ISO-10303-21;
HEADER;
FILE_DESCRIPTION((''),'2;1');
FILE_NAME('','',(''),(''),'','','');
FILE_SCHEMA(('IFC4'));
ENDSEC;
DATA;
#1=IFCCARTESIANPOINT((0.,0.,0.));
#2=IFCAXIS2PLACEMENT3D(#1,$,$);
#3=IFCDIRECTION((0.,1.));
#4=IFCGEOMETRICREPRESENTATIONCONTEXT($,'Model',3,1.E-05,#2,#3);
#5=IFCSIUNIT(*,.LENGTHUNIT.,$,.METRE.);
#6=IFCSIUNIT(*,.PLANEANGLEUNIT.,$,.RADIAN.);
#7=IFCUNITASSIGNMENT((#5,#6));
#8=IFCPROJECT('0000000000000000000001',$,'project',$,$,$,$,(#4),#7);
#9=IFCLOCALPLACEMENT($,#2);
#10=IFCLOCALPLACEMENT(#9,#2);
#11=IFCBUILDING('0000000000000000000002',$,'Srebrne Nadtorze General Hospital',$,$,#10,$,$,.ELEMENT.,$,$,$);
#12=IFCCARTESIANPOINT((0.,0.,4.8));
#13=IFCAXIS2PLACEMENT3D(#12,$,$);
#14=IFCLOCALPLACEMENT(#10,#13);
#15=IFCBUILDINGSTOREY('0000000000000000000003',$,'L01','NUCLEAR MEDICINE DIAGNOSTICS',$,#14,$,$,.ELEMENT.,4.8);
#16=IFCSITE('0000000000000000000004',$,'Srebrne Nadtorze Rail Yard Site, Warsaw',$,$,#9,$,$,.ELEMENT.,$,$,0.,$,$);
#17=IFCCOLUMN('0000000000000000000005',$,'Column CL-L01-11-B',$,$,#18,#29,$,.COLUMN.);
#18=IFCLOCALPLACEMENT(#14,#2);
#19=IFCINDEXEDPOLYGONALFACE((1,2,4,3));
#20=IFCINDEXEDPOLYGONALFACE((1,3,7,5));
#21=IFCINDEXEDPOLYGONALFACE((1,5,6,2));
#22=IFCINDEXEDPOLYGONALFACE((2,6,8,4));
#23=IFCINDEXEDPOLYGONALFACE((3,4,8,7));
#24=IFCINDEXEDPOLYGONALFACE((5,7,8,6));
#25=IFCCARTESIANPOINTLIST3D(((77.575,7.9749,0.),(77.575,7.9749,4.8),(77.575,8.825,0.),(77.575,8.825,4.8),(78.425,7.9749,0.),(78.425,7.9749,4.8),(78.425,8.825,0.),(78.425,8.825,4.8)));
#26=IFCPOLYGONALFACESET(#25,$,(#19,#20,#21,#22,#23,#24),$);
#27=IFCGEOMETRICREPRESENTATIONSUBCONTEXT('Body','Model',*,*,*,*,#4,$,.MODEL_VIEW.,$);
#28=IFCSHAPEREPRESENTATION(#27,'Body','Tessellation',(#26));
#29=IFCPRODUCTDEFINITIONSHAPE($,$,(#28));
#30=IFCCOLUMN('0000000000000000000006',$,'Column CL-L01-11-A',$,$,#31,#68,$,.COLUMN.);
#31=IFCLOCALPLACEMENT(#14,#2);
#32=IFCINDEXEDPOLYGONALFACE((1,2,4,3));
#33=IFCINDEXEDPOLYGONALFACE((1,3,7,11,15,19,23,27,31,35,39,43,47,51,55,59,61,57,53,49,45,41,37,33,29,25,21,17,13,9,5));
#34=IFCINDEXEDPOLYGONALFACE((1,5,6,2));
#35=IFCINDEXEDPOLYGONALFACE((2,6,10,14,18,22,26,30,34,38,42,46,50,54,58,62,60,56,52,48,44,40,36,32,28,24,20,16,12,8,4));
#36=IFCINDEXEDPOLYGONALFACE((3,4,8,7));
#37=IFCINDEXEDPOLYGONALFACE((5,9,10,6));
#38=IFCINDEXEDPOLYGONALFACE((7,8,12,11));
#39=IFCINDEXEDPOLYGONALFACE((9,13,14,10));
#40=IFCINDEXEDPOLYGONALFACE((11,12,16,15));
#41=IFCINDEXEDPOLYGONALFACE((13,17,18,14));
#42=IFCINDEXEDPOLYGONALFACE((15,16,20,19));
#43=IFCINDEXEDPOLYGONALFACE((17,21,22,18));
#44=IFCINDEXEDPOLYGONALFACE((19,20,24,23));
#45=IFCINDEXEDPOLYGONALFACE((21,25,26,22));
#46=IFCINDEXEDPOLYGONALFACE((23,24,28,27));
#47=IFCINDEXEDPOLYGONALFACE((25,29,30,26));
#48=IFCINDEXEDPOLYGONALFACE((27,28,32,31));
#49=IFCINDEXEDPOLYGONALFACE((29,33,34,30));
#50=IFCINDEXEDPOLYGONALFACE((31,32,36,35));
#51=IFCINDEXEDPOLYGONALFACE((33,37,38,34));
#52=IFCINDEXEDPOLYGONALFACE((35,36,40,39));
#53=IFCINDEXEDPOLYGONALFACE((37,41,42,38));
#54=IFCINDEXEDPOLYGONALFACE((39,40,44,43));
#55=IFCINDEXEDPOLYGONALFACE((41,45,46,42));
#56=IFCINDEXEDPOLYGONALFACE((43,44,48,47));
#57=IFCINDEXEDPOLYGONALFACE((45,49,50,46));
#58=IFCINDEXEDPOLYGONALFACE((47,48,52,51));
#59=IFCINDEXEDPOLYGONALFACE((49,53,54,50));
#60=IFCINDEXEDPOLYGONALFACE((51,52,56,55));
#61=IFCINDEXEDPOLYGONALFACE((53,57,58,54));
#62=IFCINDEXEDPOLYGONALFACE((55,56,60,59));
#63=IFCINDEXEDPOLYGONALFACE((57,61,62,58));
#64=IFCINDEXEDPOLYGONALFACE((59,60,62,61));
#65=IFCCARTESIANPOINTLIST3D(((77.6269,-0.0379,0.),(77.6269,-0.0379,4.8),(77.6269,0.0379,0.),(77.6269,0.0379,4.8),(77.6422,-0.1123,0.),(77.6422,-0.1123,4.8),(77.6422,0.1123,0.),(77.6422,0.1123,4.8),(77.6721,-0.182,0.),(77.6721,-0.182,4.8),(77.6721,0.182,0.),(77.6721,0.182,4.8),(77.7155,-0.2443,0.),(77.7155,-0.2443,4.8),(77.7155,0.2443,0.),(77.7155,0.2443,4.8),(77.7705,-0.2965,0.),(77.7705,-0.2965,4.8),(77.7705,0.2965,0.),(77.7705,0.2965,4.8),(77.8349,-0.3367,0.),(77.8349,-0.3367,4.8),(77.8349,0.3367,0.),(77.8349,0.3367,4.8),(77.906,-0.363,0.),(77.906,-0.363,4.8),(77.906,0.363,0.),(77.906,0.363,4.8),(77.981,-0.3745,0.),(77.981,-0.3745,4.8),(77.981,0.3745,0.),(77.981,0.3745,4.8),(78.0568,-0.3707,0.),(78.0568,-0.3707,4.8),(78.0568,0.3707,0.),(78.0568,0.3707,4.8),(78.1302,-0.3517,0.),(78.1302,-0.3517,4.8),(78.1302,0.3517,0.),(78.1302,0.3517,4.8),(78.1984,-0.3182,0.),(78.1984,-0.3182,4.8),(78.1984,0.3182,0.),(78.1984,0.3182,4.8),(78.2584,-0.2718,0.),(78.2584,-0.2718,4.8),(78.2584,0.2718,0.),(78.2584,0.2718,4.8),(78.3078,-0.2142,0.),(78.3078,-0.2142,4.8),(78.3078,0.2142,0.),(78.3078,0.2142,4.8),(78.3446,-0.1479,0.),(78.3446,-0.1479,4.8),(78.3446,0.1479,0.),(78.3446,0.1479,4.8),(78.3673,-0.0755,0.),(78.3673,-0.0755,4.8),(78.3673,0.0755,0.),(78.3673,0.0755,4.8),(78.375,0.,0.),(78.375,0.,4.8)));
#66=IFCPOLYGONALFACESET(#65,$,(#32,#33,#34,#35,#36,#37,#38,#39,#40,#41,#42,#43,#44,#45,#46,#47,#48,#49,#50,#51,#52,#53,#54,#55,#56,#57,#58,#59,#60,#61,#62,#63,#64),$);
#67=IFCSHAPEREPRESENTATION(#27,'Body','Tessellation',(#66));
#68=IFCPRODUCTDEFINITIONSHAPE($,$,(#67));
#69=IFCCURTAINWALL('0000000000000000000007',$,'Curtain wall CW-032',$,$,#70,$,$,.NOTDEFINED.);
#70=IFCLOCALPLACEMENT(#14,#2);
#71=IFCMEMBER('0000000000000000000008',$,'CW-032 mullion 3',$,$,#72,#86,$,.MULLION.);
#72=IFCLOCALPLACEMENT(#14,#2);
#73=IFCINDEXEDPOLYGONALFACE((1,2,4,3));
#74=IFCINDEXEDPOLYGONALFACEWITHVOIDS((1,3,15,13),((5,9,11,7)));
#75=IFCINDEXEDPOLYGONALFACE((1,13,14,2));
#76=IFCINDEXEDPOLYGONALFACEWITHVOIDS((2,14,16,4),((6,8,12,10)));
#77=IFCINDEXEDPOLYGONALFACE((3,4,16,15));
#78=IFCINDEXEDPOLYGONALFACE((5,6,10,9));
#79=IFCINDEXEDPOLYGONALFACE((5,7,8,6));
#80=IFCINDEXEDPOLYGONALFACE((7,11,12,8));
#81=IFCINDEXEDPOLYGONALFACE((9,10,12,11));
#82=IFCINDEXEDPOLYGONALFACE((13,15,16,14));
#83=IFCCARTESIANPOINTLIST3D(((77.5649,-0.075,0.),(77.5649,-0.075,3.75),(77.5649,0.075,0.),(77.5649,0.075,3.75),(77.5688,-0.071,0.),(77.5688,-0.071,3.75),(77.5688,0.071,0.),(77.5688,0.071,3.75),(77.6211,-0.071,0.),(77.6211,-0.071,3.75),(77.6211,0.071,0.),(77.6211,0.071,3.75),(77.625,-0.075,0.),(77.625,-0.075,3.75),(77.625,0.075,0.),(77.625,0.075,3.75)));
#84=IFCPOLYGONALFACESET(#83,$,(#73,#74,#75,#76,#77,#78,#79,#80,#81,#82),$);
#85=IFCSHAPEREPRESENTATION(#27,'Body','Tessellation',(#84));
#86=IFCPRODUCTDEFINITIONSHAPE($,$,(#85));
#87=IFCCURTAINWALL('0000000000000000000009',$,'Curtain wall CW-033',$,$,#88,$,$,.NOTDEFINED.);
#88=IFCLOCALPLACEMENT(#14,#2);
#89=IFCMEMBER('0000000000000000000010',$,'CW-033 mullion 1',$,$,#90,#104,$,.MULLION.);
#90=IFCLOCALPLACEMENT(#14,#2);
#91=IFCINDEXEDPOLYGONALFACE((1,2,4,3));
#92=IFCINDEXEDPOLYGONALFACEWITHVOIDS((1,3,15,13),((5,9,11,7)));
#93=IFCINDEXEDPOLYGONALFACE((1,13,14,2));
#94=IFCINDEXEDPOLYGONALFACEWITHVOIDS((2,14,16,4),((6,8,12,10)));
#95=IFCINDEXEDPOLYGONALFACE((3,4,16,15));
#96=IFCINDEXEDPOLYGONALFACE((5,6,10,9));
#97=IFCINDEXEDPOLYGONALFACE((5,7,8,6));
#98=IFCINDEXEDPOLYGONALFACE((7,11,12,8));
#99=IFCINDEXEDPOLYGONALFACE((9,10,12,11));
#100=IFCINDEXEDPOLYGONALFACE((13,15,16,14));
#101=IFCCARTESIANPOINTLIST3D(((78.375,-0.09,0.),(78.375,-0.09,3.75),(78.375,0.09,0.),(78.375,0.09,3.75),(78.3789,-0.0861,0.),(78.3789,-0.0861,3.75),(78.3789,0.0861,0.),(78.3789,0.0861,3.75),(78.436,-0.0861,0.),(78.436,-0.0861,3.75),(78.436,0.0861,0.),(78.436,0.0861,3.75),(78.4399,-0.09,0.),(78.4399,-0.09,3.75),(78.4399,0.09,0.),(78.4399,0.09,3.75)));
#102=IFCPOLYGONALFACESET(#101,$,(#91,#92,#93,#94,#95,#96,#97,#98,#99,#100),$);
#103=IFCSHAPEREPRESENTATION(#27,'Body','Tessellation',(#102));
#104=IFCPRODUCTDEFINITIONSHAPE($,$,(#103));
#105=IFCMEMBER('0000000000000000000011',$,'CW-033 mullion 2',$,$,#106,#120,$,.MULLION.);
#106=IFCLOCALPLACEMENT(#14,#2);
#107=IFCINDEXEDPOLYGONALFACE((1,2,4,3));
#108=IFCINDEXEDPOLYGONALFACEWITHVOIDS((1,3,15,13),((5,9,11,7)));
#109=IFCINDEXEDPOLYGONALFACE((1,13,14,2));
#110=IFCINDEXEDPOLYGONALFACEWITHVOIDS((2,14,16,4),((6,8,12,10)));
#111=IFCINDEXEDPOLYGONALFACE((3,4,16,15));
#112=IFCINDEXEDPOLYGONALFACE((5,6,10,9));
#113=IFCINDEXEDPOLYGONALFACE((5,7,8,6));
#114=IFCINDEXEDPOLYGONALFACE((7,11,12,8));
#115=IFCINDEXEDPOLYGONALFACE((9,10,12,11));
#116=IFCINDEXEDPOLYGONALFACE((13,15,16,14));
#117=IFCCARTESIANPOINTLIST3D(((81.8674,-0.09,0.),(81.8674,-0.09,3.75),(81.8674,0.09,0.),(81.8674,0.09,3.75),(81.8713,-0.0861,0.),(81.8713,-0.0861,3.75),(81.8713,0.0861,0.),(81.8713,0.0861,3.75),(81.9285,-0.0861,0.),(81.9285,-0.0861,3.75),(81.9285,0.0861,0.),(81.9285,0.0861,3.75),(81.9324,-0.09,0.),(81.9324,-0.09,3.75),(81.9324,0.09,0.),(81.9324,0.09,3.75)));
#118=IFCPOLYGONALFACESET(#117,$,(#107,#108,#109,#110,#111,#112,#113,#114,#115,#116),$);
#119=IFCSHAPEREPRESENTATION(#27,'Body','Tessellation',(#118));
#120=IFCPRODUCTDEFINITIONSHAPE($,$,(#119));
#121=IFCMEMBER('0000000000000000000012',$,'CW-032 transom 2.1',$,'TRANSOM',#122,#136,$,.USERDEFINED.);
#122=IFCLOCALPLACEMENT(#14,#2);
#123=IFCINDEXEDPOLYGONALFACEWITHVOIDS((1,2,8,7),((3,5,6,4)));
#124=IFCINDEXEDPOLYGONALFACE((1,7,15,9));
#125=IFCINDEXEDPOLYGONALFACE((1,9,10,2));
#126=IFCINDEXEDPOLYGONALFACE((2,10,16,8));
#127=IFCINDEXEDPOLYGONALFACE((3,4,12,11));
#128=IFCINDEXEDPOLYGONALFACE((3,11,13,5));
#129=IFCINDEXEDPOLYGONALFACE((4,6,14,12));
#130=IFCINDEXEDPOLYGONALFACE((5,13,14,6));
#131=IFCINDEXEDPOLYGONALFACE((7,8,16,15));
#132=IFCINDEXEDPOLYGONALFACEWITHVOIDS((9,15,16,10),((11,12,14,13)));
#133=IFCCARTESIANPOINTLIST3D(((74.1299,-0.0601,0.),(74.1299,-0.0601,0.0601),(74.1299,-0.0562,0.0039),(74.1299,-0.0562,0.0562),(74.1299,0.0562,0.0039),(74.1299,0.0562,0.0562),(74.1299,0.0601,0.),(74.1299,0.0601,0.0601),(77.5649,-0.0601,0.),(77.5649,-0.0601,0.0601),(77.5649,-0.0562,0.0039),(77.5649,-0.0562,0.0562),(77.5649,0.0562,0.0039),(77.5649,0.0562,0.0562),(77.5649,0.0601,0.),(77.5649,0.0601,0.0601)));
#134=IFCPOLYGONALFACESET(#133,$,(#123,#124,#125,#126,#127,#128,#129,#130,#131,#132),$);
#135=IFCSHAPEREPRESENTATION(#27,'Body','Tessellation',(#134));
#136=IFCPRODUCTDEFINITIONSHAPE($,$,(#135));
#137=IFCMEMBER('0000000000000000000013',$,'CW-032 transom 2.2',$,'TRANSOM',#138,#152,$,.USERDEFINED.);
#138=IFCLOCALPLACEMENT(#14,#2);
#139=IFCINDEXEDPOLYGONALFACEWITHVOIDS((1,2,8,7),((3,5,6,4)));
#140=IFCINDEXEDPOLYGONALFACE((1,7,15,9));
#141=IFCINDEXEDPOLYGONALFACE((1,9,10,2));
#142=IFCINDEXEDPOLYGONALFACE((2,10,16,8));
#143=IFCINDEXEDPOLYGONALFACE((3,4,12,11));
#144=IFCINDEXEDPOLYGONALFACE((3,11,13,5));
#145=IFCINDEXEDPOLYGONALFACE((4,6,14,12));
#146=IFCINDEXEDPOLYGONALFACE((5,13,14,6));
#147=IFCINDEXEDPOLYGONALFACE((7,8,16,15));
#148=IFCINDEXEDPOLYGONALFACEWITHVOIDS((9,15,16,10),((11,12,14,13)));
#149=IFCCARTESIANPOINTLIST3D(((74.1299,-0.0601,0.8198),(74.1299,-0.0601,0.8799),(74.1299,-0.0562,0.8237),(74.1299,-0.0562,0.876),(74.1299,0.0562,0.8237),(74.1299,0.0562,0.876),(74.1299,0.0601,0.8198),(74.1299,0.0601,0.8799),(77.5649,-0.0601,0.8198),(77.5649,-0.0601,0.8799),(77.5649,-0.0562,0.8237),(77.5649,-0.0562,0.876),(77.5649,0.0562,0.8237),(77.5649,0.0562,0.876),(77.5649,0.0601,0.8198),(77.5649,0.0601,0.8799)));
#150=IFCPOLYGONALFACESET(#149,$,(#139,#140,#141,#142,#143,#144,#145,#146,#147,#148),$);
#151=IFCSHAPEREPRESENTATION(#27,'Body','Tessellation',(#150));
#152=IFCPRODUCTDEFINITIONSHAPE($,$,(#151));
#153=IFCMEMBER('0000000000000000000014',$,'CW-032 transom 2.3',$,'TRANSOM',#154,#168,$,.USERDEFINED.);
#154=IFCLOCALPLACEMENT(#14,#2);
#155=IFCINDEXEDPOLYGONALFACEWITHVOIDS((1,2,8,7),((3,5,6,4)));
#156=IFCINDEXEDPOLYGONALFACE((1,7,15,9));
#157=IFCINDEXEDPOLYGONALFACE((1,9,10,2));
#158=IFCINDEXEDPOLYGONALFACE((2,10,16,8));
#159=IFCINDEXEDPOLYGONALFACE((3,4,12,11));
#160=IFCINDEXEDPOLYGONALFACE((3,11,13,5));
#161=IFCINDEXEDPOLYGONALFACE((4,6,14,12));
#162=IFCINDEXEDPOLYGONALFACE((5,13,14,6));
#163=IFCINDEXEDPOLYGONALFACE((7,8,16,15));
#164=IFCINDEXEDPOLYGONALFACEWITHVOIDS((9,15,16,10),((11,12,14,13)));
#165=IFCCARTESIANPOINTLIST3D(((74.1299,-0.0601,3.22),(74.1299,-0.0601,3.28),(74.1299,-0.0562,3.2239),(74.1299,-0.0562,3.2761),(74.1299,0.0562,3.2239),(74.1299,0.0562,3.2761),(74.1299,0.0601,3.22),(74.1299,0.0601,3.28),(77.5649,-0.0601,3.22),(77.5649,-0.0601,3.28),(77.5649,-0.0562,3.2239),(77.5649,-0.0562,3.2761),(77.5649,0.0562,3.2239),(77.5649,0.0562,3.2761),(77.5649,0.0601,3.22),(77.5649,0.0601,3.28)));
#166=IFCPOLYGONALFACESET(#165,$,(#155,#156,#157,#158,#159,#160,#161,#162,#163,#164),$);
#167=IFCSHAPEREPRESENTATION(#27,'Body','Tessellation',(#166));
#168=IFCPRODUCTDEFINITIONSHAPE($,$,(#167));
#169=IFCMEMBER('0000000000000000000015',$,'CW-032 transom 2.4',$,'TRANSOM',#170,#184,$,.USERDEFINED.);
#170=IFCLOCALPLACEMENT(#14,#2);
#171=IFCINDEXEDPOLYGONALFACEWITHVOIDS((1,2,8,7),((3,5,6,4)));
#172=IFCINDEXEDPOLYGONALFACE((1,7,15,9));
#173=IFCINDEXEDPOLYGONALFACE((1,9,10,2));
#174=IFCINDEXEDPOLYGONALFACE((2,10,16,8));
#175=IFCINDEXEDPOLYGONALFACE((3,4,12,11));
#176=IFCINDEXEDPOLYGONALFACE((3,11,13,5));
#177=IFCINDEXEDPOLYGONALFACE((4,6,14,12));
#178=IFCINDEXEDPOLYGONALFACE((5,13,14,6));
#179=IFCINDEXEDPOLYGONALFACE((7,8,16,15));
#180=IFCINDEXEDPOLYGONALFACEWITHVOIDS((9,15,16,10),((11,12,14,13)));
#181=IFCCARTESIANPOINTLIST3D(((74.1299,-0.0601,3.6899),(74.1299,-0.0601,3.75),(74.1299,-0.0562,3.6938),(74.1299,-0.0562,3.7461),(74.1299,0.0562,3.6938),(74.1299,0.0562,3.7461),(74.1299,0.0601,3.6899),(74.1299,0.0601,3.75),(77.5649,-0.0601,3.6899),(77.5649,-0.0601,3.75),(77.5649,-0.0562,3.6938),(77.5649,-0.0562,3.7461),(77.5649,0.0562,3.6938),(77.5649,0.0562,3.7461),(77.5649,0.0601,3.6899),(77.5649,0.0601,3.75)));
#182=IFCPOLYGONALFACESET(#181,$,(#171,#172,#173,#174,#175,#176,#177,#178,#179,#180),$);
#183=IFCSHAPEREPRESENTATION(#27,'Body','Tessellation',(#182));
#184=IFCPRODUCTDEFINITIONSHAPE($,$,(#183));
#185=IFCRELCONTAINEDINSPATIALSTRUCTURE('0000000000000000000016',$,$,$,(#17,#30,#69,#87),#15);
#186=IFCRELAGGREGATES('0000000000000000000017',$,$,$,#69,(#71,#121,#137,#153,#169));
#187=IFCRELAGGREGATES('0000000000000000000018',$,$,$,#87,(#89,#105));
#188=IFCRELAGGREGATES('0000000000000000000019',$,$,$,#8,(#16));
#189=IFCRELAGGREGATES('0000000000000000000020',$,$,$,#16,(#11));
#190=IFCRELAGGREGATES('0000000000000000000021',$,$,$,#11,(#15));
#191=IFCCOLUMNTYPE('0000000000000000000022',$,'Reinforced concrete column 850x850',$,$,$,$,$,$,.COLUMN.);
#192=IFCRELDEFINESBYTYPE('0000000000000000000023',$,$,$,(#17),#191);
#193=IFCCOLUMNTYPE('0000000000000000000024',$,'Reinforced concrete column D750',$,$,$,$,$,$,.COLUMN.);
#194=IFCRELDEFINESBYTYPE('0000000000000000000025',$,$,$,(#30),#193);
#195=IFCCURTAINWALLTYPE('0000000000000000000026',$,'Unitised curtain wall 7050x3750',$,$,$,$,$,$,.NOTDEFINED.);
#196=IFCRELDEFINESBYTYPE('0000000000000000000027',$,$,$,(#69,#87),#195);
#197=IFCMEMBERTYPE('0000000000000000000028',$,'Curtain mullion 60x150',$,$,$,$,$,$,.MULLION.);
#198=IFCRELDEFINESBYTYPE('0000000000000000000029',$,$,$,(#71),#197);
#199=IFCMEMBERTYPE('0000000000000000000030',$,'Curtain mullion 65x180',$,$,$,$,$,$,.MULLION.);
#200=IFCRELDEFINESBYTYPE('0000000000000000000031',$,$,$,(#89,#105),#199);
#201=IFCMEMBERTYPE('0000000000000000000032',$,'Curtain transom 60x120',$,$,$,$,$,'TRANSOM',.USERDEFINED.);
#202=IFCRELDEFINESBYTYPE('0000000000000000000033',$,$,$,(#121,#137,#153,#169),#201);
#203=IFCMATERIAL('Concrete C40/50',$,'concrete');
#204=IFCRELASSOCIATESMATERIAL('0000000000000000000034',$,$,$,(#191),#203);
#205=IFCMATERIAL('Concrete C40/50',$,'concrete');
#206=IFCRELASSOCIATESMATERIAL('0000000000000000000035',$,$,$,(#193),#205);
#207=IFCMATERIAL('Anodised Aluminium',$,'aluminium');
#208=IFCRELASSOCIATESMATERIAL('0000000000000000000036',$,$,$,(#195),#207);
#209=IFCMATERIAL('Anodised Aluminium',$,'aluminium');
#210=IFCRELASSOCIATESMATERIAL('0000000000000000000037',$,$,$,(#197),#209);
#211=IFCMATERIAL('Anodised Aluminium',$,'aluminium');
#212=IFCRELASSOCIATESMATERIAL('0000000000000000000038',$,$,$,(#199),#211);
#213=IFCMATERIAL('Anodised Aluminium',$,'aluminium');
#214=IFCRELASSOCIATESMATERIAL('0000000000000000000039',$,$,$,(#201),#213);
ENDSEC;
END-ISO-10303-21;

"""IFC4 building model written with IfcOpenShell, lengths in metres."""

from ifc_helpers import new_model, si_unit, direction, frame, origin, origin_2d, place, context, subcontext, project, spatial, rectangle, hollow_rectangle, circle, extrude, material, material_profile, profile_set, type_object, element, aggregate, save


model = new_model("IFC4")

# Units and contexts
model_context = context("Model", 3, precision=1e-05, world=origin(), true_north=direction((0.0, 1.0)))
body_context = subcontext(model_context, "Body", "Model", "MODEL_VIEW")
ifc_project = project(units=[si_unit("LENGTHUNIT", "METRE"), si_unit("PLANEANGLEUNIT", "RADIAN")], contexts=[model_context])

# Site, building, storey
site_placement = place(None, origin())
site = spatial("IfcSite", under=ifc_project, at=site_placement, Name="Srebrne Nadtorze Rail Yard Site, Warsaw", CompositionType="ELEMENT", RefElevation=0.0)
building_placement = place(site_placement, origin())
building = spatial("IfcBuilding", under=site, at=building_placement, Name="Srebrne Nadtorze General Hospital", CompositionType="ELEMENT")
storey_placement = place(building_placement, frame((0.0, 0.0, 4.8)))
storey = spatial("IfcBuildingStorey", under=building, at=storey_placement, Name="L01", Description="NUCLEAR MEDICINE DIAGNOSTICS", CompositionType="ELEMENT", Elevation=4.8)

# Columns
ifc_material_1 = material(Name="Concrete C40/50", Category="concrete")
ifc_material_profile_1 = material_profile(ifc_material_1, rectangle(XDim=0.8501, YDim=0.8501, at=origin_2d()), Name="RC-COL-850x850")
ifc_profile_set_1 = profile_set([ifc_material_profile_1], Name="Concrete C40/50")
column_type_1 = type_object("IfcColumnType", Name="Reinforced concrete column 850x850", PredefinedType="COLUMN", material=ifc_profile_set_1)
column_1_placement = place(storey_placement, frame((78.0, 8.3999, 0.0), z_axis=(0.0, 0.0, 1.0), x_axis=(1.0, 0.0, 0.0)))
element("IfcColumn", 1, at=column_1_placement, inside=storey, type_object=column_type_1, Name="Column CL-L01-11-B", PredefinedType="COLUMN", context=body_context, shape_type="SweptSolid", body=[
    extrude(rectangle(XDim=0.8501, YDim=0.8501, at=origin_2d()), origin(), (0.0, 0.0, 1.0), 4.8),
])
ifc_material_2 = material(Name="Concrete C40/50", Category="concrete")
ifc_material_profile_2 = material_profile(ifc_material_2, circle(Radius=0.375, at=origin_2d()), Name="RC-COL-D750")
ifc_profile_set_2 = profile_set([ifc_material_profile_2], Name="Concrete C40/50")
column_type_2 = type_object("IfcColumnType", Name="Reinforced concrete column D750", PredefinedType="COLUMN", material=ifc_profile_set_2)
column_2_placement = place(storey_placement, frame((78.0, 0.0, 0.0), z_axis=(0.0, 0.0, 1.0), x_axis=(1.0, 0.0, 0.0)))
element("IfcColumn", 2, at=column_2_placement, inside=storey, type_object=column_type_2, Name="Column CL-L01-11-A", PredefinedType="COLUMN", context=body_context, shape_type="SweptSolid", body=[
    extrude(circle(Radius=0.375, at=origin_2d()), origin(), (0.0, 0.0, 1.0), 4.8),
])

# Curtain wall, member
ifc_material_3 = material(Name="Anodised Aluminium", Category="aluminium")
curtain_wall_type = type_object("IfcCurtainWallType", Name="Unitised curtain wall 7050x3750", PredefinedType="NOTDEFINED", material=ifc_material_3)
curtain_wall_1_placement = place(storey_placement, origin())
curtain_wall_1 = element("IfcCurtainWall", 3, at=curtain_wall_1_placement, inside=storey, type_object=curtain_wall_type, Name="Curtain wall CW-032", PredefinedType="NOTDEFINED")
ifc_material_4 = material(Name="Anodised Aluminium", Category="aluminium")
ifc_material_profile_3 = material_profile(ifc_material_4, hollow_rectangle(XDim=0.0601, YDim=0.1499, WallThickness=0.0039, at=origin_2d()), Name="AL-MUL-60x150")
ifc_profile_set_3 = profile_set([ifc_material_profile_3], Name="Anodised Aluminium")
member_type_1 = type_object("IfcMemberType", Name="Curtain mullion 60x150", PredefinedType="MULLION", material=ifc_profile_set_3)
member_1_placement = place(storey_placement, frame((77.595, 0.0, 0.0), z_axis=(0.0, 0.0, 1.0), x_axis=(1.0, 0.0, 0.0)))
member_1 = element("IfcMember", 4, at=member_1_placement, type_object=member_type_1, Name="CW-032 mullion 3", PredefinedType="MULLION", context=body_context, shape_type="SweptSolid", body=[
    extrude(hollow_rectangle(XDim=0.0601, YDim=0.1499, WallThickness=0.0039, at=origin_2d()), origin(), (0.0, 0.0, 1.0), 3.75),
])

# Curtain wall, members
curtain_wall_2_placement = place(storey_placement, origin())
curtain_wall_2 = element("IfcCurtainWall", 5, at=curtain_wall_2_placement, inside=storey, type_object=curtain_wall_type, Name="Curtain wall CW-033", PredefinedType="NOTDEFINED")
ifc_material_5 = material(Name="Anodised Aluminium", Category="aluminium")
ifc_material_profile_4 = material_profile(ifc_material_5, hollow_rectangle(XDim=0.0649, YDim=0.1799, WallThickness=0.0039, at=origin_2d()), Name="AL-MUL-65x180")
ifc_profile_set_4 = profile_set([ifc_material_profile_4], Name="Anodised Aluminium")
member_type_2 = type_object("IfcMemberType", Name="Curtain mullion 65x180", PredefinedType="MULLION", material=ifc_profile_set_4)
member_2_placement = place(storey_placement, frame((78.4075, 0.0, 0.0), z_axis=(0.0, 0.0, 1.0), x_axis=(1.0, 0.0, 0.0)))
member_2 = element("IfcMember", 6, at=member_2_placement, type_object=member_type_2, Name="CW-033 mullion 1", PredefinedType="MULLION", context=body_context, shape_type="SweptSolid", body=[
    extrude(hollow_rectangle(XDim=0.0649, YDim=0.1799, WallThickness=0.0039, at=origin_2d()), origin(), (0.0, 0.0, 1.0), 3.75),
])
member_3_placement = place(storey_placement, frame((81.8999, 0.0, 0.0), z_axis=(0.0, 0.0, 1.0), x_axis=(1.0, 0.0, 0.0)))
member_3 = element("IfcMember", 7, at=member_3_placement, type_object=member_type_2, Name="CW-033 mullion 2", PredefinedType="MULLION", context=body_context, shape_type="SweptSolid", body=[
    extrude(hollow_rectangle(XDim=0.0649, YDim=0.1799, WallThickness=0.0039, at=origin_2d()), origin(), (0.0, 0.0, 1.0), 3.75),
])

# Members
ifc_material_6 = material(Name="Anodised Aluminium", Category="aluminium")
ifc_material_profile_5 = material_profile(ifc_material_6, hollow_rectangle(XDim=0.0601, YDim=0.1201, WallThickness=0.0039, at=origin_2d()), Name="AL-TRN-60x120")
ifc_profile_set_5 = profile_set([ifc_material_profile_5], Name="Anodised Aluminium")
member_type_3 = type_object("IfcMemberType", Name="Curtain transom 60x120", ElementType="TRANSOM", PredefinedType="USERDEFINED", material=ifc_profile_set_5)
member_4_placement = place(storey_placement, frame((74.1299, 0.0, 0.03), z_axis=(1.0, 0.0, 0.0), x_axis=(0.0, 0.0, 1.0)))
member_4 = element("IfcMember", 8, at=member_4_placement, type_object=member_type_3, Name="CW-032 transom 2.1", ObjectType="TRANSOM", PredefinedType="USERDEFINED", context=body_context, shape_type="SweptSolid", body=[
    extrude(hollow_rectangle(XDim=0.0601, YDim=0.1201, WallThickness=0.0039, at=origin_2d()), origin(), (0.0, 0.0, 1.0), 3.4351),
])
member_5_placement = place(storey_placement, frame((74.1299, 0.0, 0.8499), z_axis=(1.0, 0.0, 0.0), x_axis=(0.0, 0.0, 1.0)))
member_5 = element("IfcMember", 9, at=member_5_placement, type_object=member_type_3, Name="CW-032 transom 2.2", ObjectType="TRANSOM", PredefinedType="USERDEFINED", context=body_context, shape_type="SweptSolid", body=[
    extrude(hollow_rectangle(XDim=0.0601, YDim=0.1201, WallThickness=0.0039, at=origin_2d()), origin(), (0.0, 0.0, 1.0), 3.4351),
])
member_6_placement = place(storey_placement, frame((74.1299, 0.0, 3.25), z_axis=(1.0, 0.0, 0.0), x_axis=(0.0, 0.0, 1.0)))
member_6 = element("IfcMember", 10, at=member_6_placement, type_object=member_type_3, Name="CW-032 transom 2.3", ObjectType="TRANSOM", PredefinedType="USERDEFINED", context=body_context, shape_type="SweptSolid", body=[
    extrude(hollow_rectangle(XDim=0.0601, YDim=0.1201, WallThickness=0.0039, at=origin_2d()), origin(), (0.0, 0.0, 1.0), 3.4351),
])
member_7_placement = place(storey_placement, frame((74.1299, 0.0, 3.72), z_axis=(1.0, 0.0, 0.0), x_axis=(0.0, 0.0, 1.0)))
member_7 = element("IfcMember", 11, at=member_7_placement, type_object=member_type_3, Name="CW-032 transom 2.4", ObjectType="TRANSOM", PredefinedType="USERDEFINED", context=body_context, shape_type="SweptSolid", body=[
    extrude(hollow_rectangle(XDim=0.0601, YDim=0.1201, WallThickness=0.0039, at=origin_2d()), origin(), (0.0, 0.0, 1.0), 3.4351),
])

aggregate(curtain_wall_1, [member_1, member_4, member_5, member_6, member_7])
aggregate(curtain_wall_2, [member_2, member_3])

save(model, "model.ifc")
